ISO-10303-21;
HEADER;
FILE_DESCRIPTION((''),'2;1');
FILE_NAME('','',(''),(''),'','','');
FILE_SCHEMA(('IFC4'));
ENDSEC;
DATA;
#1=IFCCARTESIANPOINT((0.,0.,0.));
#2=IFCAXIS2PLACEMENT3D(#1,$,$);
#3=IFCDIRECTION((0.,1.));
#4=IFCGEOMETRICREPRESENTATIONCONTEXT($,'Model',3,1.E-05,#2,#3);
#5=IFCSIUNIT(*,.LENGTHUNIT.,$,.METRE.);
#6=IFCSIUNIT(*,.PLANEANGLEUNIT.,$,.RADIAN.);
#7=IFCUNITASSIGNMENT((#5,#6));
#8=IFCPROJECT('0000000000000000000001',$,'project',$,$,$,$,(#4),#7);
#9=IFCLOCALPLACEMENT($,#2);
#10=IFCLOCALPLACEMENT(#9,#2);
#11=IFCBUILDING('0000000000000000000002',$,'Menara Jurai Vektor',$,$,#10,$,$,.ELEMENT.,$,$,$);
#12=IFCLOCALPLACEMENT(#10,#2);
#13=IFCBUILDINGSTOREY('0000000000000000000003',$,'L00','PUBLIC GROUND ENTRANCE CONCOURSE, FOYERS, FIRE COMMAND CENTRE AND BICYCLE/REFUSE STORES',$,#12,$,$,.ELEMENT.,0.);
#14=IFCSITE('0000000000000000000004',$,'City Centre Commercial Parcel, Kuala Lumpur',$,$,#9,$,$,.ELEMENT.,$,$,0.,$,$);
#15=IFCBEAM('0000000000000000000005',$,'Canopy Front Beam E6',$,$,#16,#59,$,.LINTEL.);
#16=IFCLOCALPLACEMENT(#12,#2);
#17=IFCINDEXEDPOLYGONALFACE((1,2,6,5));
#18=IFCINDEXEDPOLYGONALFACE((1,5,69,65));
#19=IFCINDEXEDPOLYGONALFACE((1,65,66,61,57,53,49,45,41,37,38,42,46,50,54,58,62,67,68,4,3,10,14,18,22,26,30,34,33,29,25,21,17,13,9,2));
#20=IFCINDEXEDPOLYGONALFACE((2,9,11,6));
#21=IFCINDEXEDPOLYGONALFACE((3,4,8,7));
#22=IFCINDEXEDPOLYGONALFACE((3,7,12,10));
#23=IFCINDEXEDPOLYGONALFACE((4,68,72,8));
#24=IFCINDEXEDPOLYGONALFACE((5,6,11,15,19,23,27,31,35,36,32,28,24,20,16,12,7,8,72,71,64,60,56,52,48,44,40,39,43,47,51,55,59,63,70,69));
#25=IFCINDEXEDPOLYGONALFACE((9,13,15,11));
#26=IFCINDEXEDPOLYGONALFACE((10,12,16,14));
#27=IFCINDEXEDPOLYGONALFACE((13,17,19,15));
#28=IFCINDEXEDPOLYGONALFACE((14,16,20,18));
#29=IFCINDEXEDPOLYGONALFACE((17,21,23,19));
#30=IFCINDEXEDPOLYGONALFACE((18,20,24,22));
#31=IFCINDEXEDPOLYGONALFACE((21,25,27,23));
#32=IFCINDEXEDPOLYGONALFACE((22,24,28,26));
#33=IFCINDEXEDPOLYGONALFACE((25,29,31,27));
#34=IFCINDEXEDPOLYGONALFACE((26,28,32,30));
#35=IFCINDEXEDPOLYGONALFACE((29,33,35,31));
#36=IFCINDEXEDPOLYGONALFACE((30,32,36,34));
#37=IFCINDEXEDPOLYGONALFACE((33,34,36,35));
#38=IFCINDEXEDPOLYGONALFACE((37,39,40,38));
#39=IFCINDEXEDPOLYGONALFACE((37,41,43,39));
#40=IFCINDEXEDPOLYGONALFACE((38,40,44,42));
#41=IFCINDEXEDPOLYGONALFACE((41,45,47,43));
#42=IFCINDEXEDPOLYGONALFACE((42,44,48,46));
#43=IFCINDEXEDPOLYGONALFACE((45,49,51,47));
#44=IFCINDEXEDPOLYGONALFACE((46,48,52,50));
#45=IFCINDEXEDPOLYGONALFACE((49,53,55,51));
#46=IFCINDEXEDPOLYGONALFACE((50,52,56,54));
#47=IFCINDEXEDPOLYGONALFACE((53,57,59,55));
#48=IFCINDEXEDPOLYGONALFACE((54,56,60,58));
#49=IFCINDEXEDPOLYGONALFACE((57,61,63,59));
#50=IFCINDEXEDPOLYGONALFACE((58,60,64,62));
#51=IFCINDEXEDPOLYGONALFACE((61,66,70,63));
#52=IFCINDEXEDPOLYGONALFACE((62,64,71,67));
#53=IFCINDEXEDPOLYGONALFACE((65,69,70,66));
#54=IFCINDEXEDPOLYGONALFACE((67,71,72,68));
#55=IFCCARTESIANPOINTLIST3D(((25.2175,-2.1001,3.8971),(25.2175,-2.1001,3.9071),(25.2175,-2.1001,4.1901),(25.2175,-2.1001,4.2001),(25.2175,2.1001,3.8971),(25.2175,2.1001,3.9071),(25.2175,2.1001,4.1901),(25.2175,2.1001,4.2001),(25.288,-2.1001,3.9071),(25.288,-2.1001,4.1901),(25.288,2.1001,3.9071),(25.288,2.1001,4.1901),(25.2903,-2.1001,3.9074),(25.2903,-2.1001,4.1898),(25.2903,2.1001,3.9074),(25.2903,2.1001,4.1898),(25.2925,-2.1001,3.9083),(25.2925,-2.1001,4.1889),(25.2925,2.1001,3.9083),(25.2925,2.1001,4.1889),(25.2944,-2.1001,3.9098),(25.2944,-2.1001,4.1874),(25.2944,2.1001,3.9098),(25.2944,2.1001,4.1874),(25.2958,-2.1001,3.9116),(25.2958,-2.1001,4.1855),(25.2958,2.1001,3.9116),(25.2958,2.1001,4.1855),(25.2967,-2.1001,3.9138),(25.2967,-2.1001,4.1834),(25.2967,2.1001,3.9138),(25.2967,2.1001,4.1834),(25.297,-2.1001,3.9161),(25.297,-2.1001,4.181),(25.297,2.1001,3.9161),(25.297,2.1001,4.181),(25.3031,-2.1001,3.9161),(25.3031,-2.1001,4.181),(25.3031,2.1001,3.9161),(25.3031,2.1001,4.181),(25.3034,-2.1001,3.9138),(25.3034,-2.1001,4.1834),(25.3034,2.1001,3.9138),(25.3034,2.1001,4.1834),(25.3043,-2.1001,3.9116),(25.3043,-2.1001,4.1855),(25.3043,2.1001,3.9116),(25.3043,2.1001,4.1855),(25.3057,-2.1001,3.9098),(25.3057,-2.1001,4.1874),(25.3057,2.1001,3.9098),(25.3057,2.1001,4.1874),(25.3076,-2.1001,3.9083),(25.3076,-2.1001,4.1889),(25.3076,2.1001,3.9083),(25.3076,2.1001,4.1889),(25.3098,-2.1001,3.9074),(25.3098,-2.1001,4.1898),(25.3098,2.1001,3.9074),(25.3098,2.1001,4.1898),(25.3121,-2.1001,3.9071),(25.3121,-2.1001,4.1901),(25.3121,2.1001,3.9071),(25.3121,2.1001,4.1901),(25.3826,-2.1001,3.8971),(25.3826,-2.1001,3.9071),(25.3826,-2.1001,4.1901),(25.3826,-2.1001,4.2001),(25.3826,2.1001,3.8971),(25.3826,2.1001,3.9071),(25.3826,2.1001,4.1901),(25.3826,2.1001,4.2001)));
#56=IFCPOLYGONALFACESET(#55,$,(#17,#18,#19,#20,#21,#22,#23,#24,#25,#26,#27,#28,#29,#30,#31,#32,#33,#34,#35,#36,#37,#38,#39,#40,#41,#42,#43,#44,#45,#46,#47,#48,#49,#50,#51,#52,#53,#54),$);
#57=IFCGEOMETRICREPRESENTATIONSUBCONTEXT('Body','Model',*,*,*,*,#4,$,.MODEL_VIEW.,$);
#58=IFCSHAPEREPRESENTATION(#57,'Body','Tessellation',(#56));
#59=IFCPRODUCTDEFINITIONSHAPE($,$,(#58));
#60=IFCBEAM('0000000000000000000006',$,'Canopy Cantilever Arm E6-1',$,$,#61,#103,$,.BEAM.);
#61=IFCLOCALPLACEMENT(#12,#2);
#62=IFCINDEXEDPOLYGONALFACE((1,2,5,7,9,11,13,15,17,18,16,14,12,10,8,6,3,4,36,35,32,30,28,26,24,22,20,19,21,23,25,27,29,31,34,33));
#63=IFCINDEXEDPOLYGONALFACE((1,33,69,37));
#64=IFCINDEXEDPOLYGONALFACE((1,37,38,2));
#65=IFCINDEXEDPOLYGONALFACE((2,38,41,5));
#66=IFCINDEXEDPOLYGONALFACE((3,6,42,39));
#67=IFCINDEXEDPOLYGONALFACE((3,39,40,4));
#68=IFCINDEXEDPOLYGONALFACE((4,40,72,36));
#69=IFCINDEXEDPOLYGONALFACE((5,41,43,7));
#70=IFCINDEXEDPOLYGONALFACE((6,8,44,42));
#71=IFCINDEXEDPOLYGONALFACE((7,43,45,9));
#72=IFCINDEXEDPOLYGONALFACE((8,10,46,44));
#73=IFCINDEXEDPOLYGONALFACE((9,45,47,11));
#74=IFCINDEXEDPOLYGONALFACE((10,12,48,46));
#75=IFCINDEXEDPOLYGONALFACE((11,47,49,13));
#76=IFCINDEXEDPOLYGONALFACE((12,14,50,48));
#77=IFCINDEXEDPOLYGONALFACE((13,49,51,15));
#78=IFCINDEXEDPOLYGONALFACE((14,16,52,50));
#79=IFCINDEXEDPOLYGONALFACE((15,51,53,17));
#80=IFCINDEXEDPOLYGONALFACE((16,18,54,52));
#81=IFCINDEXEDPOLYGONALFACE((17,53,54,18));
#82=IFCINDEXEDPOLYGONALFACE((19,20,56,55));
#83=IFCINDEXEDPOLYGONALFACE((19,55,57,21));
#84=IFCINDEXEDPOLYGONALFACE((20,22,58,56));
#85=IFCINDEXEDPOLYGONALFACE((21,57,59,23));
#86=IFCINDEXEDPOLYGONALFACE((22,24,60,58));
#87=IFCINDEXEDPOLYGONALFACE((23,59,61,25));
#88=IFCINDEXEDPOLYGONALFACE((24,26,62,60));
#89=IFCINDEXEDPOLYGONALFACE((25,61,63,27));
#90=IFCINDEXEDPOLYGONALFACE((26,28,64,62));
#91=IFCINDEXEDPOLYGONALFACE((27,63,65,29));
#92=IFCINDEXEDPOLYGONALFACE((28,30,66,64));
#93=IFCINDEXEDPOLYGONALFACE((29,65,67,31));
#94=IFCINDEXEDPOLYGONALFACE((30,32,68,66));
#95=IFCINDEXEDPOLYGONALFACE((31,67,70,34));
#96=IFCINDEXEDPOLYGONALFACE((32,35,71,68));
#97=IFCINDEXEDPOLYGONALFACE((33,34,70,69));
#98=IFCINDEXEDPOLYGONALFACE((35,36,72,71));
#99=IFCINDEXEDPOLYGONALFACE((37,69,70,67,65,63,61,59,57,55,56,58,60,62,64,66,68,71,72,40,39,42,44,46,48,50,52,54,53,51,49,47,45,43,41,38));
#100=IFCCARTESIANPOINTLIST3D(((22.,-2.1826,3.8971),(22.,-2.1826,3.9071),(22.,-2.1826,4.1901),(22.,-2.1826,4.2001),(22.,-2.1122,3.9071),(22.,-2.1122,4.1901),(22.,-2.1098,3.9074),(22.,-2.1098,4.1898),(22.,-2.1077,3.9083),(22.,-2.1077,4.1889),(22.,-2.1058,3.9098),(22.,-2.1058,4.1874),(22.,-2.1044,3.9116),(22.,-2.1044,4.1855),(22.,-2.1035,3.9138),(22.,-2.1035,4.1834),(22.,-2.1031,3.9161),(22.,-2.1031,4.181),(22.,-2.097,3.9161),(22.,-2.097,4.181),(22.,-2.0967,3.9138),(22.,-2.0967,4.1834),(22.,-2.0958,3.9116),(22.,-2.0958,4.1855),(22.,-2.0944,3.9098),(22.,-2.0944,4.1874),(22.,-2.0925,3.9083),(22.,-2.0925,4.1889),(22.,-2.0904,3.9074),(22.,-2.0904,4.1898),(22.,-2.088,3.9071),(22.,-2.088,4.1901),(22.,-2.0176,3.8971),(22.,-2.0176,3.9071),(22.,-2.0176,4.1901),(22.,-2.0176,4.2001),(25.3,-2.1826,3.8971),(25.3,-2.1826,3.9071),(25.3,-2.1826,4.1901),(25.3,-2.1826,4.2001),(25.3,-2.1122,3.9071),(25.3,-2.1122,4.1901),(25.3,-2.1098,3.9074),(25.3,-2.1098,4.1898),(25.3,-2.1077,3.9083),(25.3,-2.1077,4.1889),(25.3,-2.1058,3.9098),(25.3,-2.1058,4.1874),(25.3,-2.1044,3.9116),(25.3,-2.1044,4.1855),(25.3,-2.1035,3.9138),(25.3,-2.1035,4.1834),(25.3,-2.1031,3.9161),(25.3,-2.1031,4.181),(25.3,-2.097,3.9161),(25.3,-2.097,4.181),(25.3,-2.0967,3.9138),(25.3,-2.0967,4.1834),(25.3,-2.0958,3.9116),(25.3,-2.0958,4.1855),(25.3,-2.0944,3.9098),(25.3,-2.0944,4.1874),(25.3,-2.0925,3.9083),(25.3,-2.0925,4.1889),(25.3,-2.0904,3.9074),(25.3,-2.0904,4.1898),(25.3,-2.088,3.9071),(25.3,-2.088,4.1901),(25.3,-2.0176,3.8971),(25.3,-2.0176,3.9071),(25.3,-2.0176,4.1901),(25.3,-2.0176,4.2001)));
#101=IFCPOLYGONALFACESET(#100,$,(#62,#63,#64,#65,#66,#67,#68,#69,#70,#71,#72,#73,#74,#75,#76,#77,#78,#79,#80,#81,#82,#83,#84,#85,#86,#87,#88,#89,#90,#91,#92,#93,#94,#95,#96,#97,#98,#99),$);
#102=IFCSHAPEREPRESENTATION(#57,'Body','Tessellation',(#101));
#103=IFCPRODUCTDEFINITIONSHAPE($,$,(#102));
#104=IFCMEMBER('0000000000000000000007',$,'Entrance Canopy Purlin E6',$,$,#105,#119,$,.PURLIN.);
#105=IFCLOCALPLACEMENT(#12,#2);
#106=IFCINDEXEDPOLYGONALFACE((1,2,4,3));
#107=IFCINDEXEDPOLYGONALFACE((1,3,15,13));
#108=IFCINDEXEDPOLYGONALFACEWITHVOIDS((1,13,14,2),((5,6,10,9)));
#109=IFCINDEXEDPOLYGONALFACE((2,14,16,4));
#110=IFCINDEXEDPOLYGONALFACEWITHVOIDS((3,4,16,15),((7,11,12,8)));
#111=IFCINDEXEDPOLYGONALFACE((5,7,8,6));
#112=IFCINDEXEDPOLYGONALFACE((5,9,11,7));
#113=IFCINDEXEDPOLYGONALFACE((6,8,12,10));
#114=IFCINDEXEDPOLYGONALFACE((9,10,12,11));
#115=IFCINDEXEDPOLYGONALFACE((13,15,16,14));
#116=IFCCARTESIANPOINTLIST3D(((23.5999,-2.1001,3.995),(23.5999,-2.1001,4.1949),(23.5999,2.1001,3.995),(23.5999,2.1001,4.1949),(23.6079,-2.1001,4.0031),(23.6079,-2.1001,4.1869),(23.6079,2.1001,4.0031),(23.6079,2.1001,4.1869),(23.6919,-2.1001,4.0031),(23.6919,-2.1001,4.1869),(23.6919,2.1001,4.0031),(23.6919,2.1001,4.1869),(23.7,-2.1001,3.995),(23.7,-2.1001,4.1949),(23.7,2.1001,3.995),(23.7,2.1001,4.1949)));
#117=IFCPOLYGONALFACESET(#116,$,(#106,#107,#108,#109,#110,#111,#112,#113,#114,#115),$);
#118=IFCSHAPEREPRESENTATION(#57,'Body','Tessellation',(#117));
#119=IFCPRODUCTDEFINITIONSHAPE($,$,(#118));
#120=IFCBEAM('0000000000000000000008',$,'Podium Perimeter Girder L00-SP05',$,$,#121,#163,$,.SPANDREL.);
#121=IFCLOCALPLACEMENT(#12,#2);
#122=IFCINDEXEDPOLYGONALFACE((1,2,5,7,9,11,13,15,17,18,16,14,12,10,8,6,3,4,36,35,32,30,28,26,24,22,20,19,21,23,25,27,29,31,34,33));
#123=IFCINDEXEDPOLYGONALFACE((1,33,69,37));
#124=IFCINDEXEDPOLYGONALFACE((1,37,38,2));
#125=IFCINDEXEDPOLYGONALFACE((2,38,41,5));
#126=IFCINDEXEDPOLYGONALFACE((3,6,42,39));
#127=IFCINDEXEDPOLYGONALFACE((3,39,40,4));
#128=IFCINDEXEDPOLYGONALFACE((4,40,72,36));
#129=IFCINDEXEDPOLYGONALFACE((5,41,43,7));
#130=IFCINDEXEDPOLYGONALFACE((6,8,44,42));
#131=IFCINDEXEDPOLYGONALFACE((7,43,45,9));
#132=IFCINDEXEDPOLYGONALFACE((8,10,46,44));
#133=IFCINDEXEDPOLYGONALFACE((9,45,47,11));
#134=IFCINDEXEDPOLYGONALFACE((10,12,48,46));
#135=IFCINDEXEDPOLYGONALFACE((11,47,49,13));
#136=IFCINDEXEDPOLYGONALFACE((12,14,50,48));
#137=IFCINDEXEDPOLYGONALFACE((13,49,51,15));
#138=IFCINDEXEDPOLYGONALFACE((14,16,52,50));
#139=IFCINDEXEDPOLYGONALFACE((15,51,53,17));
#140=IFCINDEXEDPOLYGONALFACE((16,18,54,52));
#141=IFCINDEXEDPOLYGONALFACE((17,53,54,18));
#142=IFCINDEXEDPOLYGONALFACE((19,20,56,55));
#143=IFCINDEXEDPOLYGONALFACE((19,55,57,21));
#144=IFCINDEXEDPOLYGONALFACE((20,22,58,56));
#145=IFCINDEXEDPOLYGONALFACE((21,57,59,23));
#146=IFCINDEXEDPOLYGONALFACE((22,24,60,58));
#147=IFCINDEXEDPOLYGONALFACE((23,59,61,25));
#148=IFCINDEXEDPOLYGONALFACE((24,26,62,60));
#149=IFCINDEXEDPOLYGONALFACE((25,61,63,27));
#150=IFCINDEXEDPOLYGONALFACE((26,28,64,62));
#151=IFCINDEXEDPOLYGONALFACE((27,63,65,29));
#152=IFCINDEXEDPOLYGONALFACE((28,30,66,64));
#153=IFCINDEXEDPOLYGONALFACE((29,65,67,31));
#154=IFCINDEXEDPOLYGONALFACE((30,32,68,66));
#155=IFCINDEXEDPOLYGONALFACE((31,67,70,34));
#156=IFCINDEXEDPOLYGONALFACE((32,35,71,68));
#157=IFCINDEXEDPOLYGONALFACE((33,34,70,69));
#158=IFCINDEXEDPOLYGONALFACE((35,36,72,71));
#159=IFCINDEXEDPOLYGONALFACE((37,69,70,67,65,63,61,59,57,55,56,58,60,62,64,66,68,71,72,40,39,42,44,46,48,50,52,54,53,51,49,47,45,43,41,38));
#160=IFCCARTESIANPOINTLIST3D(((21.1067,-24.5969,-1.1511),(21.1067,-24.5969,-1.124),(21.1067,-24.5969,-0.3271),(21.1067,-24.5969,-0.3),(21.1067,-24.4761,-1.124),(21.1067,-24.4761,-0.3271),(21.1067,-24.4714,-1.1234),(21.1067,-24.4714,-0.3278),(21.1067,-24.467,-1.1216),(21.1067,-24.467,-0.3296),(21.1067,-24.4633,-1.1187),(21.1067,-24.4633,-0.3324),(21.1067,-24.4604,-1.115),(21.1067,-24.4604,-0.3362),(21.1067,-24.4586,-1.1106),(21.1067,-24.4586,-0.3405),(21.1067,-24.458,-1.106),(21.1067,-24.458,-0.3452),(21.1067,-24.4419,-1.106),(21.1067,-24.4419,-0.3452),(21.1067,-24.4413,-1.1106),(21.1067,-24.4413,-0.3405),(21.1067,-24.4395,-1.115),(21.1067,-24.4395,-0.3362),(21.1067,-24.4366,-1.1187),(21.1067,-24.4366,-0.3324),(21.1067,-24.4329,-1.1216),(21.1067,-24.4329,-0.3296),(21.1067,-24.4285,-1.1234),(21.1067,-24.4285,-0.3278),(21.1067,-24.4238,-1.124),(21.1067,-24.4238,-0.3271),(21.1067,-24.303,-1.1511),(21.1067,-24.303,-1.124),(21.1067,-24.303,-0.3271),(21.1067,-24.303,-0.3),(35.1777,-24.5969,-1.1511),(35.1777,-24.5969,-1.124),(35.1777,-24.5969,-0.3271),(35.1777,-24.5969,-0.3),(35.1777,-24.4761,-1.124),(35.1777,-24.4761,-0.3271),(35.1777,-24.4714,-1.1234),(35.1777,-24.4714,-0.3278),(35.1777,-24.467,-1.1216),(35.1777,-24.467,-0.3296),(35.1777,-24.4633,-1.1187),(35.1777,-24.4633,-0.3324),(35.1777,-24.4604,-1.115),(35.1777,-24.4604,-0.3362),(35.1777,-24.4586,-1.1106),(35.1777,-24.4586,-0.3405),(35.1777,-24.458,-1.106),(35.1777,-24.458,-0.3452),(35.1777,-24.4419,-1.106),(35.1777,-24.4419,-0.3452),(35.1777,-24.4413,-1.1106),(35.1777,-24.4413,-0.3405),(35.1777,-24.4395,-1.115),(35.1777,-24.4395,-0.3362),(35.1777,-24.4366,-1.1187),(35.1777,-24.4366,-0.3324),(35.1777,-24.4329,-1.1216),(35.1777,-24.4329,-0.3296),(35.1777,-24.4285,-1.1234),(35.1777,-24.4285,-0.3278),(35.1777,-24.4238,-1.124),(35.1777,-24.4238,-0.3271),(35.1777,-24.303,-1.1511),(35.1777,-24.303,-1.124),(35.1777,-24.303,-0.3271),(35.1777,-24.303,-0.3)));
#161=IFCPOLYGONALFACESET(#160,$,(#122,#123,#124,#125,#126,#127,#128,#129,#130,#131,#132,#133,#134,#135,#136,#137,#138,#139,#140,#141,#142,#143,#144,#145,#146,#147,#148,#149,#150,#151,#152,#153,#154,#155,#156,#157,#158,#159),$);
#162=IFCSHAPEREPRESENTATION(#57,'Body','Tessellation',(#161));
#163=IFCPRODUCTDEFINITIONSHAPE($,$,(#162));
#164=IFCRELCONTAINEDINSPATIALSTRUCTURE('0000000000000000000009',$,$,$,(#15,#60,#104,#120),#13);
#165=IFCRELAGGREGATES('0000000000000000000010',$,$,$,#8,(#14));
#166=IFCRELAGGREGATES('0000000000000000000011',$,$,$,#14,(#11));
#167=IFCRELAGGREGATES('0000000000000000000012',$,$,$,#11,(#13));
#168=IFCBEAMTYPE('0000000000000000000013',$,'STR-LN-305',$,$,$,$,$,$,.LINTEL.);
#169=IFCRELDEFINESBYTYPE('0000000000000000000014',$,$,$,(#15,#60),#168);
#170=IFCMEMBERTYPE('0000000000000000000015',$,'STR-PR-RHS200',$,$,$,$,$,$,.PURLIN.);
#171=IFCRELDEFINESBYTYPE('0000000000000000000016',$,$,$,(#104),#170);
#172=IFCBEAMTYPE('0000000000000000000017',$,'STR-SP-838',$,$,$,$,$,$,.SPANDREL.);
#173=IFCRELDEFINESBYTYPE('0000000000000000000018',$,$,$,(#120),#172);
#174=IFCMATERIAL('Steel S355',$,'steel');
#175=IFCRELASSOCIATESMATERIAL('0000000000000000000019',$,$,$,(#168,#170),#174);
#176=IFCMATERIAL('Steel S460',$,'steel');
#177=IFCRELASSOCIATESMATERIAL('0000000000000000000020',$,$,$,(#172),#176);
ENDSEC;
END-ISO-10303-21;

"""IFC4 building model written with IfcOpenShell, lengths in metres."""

from ifc_helpers import new_model, si_unit, direction, frame, origin, origin_2d, place, context, subcontext, project, spatial, hollow_rectangle, i_section, extrude, material, material_profile, profile_set, type_object, element, save


model = new_model("IFC4")

# Units and contexts
model_context = context("Model", 3, precision=1e-05, world=origin(), true_north=direction((0.0, 1.0)))
body_context = subcontext(model_context, "Body", "Model", "MODEL_VIEW")
ifc_project = project(units=[si_unit("LENGTHUNIT", "METRE"), si_unit("PLANEANGLEUNIT", "RADIAN")], contexts=[model_context])

# Site, building, storey
site_placement = place(None, origin())
site = spatial("IfcSite", under=ifc_project, at=site_placement, Name="City Centre Commercial Parcel, Kuala Lumpur", CompositionType="ELEMENT", RefElevation=0.0)
building_placement = place(site_placement, origin())
building = spatial("IfcBuilding", under=site, at=building_placement, Name="Menara Jurai Vektor", CompositionType="ELEMENT")
storey_placement = place(building_placement, origin())
storey = spatial("IfcBuildingStorey", under=building, at=storey_placement, Name="L00", Description="PUBLIC GROUND ENTRANCE CONCOURSE, FOYERS, FIRE COMMAND CENTRE AND BICYCLE/REFUSE STORES", CompositionType="ELEMENT", Elevation=0.0)

# Shared definitions
ifc_material_1 = material(Name="Steel S355", Category="steel")
ifc_material_2 = material(Name="Steel S460", Category="steel")

# Beams
ifc_material_profile_1 = material_profile(ifc_material_1, i_section(OverallWidth=0.165, OverallDepth=0.303, WebThickness=0.0061, FlangeThickness=0.01, FilletRadius=0.009, at=origin_2d()), Name="UKB 305x165x40")
ifc_profile_set_1 = profile_set([ifc_material_profile_1], Name="Steel S355")
beam_type_1 = type_object("IfcBeamType", Name="STR-LN-305", PredefinedType="LINTEL", material=ifc_profile_set_1)
beam_1_placement = place(storey_placement, frame((25.3, -2.1001, 4.0486), z_axis=(0.0, 1.0, 0.0), x_axis=(-1.0, 0.0, 0.0)))
element("IfcBeam", 1, at=beam_1_placement, inside=storey, type_object=beam_type_1, Name="Canopy Front Beam E6", PredefinedType="LINTEL", context=body_context, shape_type="SweptSolid", body=[
    extrude(i_section(OverallWidth=0.165, OverallDepth=0.303, WebThickness=0.0061, FlangeThickness=0.01, FilletRadius=0.009, at=origin_2d()), origin(), (0.0, 0.0, 1.0), 4.2002),
])
beam_2_placement = place(storey_placement, frame((22.0, -2.1001, 4.0486), z_axis=(1.0, 0.0, 0.0), x_axis=(0.0, 1.0, 0.0)))
element("IfcBeam", 2, at=beam_2_placement, inside=storey, type_object=beam_type_1, Name="Canopy Cantilever Arm E6-1", PredefinedType="BEAM", context=body_context, shape_type="SweptSolid", body=[
    extrude(i_section(OverallWidth=0.165, OverallDepth=0.303, WebThickness=0.0061, FlangeThickness=0.01, FilletRadius=0.009, at=origin_2d()), origin(), (0.0, 0.0, 1.0), 3.3),
])

# Member
ifc_material_profile_2 = material_profile(ifc_material_1, hollow_rectangle(XDim=0.1001, YDim=0.2, WallThickness=0.0081, at=origin_2d()), Name="RHS 200x100x8")
ifc_profile_set_2 = profile_set([ifc_material_profile_2], Name="Steel S355")
member_type_1 = type_object("IfcMemberType", Name="STR-PR-RHS200", PredefinedType="PURLIN", material=ifc_profile_set_2)
member_1_placement = place(storey_placement, frame((23.6499, -2.1001, 4.095), z_axis=(0.0, 1.0, 0.0), x_axis=(-1.0, 0.0, 0.0)))
element("IfcMember", 3, at=member_1_placement, inside=storey, type_object=member_type_1, Name="Entrance Canopy Purlin E6", PredefinedType="PURLIN", context=body_context, shape_type="SweptSolid", body=[
    extrude(hollow_rectangle(XDim=0.1001, YDim=0.2, WallThickness=0.0081, at=origin_2d()), origin(), (0.0, 0.0, 1.0), 4.2002),
])

# Beam
ifc_material_profile_3 = material_profile(ifc_material_2, i_section(OverallWidth=0.2939, OverallDepth=0.8511, WebThickness=0.0161, FlangeThickness=0.0271, FilletRadius=0.0181, at=origin_2d()), Name="UKB 838x292x226")
ifc_profile_set_3 = profile_set([ifc_material_profile_3], Name="Steel S460")
beam_type_2 = type_object("IfcBeamType", Name="STR-SP-838", PredefinedType="SPANDREL", material=ifc_profile_set_3)
beam_3_placement = place(storey_placement, frame((21.1067, -24.45, -0.7256), z_axis=(1.0, 0.0, 0.0), x_axis=(0.0, 1.0, 0.0)))
element("IfcBeam", 4, at=beam_3_placement, inside=storey, type_object=beam_type_2, Name="Podium Perimeter Girder L00-SP05", PredefinedType="SPANDREL", context=body_context, shape_type="SweptSolid", body=[
    extrude(i_section(OverallWidth=0.2939, OverallDepth=0.8511, WebThickness=0.0161, FlangeThickness=0.0271, FilletRadius=0.0181, at=origin_2d()), origin(), (0.0, 0.0, 1.0), 14.071),
])

save(model, "model.ifc")
